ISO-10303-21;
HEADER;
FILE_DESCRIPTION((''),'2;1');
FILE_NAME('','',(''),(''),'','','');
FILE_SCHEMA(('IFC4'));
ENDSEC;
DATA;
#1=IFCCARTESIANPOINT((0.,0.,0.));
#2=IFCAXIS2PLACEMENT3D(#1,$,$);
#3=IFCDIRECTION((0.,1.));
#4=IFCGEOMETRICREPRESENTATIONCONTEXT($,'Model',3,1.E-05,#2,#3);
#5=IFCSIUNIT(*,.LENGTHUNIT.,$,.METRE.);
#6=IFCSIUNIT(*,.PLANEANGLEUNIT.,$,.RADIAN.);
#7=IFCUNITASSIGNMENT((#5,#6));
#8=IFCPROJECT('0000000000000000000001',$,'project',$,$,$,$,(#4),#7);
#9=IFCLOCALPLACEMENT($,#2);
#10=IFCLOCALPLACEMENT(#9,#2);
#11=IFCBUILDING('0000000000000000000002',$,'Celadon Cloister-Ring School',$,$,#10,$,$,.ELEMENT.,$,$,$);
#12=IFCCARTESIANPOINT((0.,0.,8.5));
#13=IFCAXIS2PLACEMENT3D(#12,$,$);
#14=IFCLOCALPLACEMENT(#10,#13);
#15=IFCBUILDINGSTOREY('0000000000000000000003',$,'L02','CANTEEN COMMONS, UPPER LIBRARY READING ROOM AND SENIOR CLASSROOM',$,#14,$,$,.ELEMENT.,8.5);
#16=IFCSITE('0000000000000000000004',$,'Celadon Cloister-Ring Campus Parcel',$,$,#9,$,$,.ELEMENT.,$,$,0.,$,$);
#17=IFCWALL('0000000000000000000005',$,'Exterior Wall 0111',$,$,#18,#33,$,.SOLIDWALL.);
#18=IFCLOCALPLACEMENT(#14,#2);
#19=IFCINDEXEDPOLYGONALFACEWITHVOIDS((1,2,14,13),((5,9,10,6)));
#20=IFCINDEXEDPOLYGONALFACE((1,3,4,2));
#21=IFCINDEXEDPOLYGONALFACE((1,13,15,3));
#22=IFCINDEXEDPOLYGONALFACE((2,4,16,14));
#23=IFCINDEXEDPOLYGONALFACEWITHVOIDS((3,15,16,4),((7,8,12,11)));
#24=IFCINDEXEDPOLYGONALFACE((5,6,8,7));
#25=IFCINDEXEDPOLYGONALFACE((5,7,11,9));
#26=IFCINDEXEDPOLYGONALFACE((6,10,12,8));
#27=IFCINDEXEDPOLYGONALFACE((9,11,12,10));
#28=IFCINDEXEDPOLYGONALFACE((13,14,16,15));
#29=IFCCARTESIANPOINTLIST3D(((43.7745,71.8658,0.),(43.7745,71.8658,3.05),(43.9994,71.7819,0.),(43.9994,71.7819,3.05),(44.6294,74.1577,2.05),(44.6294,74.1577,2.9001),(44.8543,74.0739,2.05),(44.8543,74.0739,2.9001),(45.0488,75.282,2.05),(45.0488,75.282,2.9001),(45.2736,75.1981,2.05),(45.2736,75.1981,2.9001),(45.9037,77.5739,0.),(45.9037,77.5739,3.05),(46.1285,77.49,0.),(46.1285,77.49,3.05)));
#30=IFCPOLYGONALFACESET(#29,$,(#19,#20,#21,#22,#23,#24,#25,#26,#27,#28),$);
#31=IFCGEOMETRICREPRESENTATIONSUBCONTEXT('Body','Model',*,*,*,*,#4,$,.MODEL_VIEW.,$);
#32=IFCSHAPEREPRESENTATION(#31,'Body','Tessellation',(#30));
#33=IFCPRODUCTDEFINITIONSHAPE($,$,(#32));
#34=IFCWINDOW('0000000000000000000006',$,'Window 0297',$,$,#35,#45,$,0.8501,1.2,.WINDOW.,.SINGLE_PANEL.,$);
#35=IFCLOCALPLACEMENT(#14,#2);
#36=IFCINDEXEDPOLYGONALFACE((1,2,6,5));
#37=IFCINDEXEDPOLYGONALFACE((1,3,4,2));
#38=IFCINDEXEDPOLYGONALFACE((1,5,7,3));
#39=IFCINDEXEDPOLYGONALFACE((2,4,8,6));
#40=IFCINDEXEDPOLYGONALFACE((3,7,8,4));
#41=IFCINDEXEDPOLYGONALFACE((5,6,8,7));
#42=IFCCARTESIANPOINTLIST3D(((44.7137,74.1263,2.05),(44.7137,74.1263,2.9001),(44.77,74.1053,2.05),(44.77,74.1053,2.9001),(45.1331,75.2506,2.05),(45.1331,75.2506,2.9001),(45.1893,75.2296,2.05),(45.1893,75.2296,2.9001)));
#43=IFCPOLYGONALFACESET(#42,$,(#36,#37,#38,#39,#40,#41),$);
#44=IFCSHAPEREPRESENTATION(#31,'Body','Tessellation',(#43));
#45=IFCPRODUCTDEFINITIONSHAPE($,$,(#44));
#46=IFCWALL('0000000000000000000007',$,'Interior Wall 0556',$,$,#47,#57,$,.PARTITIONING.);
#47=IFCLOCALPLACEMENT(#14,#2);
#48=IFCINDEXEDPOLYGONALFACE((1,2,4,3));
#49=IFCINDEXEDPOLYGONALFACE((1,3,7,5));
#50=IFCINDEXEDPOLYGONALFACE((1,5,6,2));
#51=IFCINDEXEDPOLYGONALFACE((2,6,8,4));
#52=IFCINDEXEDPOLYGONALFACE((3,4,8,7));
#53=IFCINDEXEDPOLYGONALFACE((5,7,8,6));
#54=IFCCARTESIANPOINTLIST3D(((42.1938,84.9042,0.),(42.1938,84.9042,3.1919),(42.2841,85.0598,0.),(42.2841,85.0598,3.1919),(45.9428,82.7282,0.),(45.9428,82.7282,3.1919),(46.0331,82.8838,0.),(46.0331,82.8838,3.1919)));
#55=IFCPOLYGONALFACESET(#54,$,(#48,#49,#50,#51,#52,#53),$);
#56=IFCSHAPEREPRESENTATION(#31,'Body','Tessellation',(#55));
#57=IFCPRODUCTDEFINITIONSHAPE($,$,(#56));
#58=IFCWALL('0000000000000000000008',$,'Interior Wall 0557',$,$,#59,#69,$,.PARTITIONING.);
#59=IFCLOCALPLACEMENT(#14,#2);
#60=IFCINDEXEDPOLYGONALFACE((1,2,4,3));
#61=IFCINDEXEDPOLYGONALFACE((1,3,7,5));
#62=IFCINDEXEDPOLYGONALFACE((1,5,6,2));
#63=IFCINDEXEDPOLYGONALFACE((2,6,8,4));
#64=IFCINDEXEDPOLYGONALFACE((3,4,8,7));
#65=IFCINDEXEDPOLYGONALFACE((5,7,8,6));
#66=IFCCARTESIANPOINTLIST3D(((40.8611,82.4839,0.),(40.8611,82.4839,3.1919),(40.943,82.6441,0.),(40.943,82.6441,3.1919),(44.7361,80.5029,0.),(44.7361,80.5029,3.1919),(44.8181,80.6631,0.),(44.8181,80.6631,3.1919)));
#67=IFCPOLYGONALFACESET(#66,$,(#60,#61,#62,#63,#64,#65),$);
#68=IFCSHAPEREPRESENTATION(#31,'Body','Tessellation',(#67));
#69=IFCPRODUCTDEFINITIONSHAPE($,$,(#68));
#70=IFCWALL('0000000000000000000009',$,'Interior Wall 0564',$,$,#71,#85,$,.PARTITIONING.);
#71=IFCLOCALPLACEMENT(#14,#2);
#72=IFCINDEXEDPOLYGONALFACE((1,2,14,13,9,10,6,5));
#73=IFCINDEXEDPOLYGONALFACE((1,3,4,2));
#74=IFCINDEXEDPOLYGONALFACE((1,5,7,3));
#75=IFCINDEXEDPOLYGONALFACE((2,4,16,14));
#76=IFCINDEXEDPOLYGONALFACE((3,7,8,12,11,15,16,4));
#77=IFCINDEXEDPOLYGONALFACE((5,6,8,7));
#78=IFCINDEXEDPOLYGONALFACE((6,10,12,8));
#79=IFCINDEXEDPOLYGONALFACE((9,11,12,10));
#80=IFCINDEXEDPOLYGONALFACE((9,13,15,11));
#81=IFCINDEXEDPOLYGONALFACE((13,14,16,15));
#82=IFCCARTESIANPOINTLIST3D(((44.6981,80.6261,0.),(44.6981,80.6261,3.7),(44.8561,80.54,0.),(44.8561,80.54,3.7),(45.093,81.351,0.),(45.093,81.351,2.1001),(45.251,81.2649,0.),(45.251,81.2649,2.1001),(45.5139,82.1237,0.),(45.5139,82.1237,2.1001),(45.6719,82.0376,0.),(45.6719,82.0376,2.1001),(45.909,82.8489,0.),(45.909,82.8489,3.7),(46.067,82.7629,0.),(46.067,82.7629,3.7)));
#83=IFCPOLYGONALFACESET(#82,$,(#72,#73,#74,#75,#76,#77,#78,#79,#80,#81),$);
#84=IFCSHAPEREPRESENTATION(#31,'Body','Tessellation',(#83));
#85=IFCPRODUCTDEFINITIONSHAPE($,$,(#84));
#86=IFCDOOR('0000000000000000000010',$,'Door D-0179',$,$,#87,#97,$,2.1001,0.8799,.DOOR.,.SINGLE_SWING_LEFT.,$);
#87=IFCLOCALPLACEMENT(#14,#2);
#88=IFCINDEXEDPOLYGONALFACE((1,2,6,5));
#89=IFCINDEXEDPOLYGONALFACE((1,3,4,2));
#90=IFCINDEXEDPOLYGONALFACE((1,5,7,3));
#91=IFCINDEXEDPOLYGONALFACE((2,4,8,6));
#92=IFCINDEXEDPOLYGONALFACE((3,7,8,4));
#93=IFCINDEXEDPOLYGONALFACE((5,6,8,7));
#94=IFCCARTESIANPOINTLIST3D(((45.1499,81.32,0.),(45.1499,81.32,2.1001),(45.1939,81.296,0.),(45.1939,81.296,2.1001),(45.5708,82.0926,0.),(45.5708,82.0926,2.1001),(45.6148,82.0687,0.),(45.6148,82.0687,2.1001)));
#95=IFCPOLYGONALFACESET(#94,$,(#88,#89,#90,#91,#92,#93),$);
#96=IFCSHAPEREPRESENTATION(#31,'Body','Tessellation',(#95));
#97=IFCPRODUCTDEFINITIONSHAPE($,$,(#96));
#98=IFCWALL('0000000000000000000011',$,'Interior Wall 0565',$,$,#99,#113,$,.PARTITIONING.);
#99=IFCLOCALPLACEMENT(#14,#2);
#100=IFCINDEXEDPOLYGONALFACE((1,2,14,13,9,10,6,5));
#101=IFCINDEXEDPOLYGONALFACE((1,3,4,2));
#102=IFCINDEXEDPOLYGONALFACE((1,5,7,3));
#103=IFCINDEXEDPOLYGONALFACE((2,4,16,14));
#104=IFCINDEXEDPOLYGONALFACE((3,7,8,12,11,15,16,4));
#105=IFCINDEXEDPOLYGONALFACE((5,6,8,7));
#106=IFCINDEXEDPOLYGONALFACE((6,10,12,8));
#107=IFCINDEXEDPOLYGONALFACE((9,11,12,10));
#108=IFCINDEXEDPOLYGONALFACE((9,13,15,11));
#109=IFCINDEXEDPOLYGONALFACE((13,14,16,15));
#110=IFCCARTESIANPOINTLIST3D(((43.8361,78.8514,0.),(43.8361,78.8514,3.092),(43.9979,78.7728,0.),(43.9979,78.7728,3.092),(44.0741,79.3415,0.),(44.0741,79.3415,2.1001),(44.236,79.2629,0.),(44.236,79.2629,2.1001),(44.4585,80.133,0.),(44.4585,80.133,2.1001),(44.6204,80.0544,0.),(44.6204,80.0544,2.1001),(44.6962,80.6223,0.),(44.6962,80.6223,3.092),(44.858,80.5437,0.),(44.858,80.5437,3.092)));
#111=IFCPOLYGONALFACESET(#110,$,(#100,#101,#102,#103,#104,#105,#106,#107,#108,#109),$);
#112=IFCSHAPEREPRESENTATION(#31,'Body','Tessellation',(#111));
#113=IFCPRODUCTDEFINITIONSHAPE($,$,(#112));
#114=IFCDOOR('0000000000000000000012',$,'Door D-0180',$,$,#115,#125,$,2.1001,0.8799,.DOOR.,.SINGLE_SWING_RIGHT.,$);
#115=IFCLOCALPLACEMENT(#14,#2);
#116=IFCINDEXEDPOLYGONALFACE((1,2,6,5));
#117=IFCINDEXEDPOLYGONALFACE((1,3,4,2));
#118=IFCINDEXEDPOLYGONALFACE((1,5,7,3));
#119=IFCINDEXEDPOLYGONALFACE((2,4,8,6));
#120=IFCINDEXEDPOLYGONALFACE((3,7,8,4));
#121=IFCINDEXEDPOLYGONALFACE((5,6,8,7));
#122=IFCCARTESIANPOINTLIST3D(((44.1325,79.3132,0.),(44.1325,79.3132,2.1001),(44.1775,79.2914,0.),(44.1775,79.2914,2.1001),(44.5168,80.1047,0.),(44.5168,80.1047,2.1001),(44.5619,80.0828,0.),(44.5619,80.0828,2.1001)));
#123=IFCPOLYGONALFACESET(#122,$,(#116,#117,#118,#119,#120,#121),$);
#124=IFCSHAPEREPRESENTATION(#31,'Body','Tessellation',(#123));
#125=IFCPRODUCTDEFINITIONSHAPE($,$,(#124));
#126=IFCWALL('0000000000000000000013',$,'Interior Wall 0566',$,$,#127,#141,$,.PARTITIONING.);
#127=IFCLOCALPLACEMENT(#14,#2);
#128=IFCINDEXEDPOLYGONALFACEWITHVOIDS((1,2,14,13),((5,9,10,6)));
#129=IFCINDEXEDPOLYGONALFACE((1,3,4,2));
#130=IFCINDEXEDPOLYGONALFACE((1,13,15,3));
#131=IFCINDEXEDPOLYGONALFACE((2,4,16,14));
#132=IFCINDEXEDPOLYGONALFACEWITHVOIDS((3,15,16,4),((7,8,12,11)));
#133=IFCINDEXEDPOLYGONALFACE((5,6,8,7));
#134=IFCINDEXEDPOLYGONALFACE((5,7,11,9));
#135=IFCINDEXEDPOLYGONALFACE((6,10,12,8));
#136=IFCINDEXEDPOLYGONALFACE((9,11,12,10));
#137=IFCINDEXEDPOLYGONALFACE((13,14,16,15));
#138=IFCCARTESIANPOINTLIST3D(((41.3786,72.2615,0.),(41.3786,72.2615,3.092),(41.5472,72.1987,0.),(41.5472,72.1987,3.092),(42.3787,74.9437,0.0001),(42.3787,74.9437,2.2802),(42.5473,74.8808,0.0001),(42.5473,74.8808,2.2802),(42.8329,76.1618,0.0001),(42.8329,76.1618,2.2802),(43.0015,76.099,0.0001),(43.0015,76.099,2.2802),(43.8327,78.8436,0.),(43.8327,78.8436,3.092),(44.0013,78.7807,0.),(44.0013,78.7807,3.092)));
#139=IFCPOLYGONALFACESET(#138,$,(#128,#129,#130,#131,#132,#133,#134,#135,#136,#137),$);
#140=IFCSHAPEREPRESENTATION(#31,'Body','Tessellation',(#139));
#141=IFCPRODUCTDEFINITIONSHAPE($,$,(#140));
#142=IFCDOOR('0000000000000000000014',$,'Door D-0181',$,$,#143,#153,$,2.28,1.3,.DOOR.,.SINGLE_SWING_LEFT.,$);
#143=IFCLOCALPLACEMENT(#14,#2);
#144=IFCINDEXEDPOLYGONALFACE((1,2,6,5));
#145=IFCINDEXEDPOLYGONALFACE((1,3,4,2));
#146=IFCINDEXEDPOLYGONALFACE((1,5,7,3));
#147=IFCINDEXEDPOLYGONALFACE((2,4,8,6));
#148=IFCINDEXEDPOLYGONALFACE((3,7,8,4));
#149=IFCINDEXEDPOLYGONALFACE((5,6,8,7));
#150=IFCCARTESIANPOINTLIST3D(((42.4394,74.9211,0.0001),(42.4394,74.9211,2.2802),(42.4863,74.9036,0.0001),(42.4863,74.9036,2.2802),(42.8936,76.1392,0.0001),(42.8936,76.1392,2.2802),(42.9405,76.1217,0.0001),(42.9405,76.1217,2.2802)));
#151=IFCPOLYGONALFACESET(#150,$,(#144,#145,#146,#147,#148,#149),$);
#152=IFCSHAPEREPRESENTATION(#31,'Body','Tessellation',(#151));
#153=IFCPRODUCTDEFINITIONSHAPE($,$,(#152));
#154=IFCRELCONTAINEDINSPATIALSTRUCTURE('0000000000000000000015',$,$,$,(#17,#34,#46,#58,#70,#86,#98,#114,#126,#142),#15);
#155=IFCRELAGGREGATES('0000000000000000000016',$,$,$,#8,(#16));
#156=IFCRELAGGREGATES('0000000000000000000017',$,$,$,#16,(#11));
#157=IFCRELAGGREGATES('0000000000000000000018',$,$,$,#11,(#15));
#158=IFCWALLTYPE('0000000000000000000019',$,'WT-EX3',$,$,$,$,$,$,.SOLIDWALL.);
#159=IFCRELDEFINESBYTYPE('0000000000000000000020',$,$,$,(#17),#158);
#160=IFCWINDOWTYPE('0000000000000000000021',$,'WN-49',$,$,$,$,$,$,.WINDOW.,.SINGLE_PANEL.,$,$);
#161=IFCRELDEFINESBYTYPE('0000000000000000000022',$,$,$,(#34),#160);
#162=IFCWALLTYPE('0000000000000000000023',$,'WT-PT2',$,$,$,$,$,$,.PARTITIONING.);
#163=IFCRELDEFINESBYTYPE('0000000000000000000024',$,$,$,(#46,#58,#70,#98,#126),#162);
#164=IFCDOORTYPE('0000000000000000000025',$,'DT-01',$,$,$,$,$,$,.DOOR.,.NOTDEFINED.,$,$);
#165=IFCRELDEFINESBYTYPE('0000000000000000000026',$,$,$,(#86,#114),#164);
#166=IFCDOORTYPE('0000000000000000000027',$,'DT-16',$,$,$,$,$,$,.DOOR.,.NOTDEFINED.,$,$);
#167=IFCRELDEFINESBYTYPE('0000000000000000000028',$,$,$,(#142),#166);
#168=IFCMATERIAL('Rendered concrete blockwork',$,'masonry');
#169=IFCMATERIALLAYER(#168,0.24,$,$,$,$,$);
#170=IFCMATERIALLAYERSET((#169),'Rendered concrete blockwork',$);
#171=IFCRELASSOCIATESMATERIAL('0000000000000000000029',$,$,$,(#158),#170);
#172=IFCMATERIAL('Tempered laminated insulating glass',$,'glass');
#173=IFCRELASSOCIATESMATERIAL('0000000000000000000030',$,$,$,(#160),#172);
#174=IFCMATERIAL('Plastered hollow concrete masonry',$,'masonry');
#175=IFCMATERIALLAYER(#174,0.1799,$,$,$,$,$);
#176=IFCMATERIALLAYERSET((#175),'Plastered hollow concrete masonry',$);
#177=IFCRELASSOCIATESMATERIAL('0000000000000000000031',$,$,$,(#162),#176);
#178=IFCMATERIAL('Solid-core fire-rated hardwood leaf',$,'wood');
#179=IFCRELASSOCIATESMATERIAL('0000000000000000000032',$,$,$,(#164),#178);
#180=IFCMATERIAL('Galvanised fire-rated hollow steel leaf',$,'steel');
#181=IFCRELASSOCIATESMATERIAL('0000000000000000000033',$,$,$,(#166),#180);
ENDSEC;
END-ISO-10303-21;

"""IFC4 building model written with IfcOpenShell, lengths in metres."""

from ifc_helpers import new_model, si_unit, direction, frame, frame_2d, origin, place, context, subcontext, project, spatial, rectangle, extrude, material, layer, layer_set, type_object, element, fill, save


model = new_model("IFC4")

# Units and contexts
model_context = context("Model", 3, precision=1e-05, world=origin(), true_north=direction((0.0, 1.0)))
body_context = subcontext(model_context, "Body", "Model", "MODEL_VIEW")
ifc_project = project(units=[si_unit("LENGTHUNIT", "METRE"), si_unit("PLANEANGLEUNIT", "RADIAN")], contexts=[model_context])

# Site, building, storey
site_placement = place(None, origin())
site = spatial("IfcSite", under=ifc_project, at=site_placement, Name="Celadon Cloister-Ring Campus Parcel", CompositionType="ELEMENT", RefElevation=0.0)
building_placement = place(site_placement, origin())
building = spatial("IfcBuilding", under=site, at=building_placement, Name="Celadon Cloister-Ring School", CompositionType="ELEMENT")
storey_placement = place(building_placement, frame((0.0, 0.0, 8.5)))
storey = spatial("IfcBuildingStorey", under=building, at=storey_placement, Name="L02", Description="CANTEEN COMMONS, UPPER LIBRARY READING ROOM AND SENIOR CLASSROOM", CompositionType="ELEMENT", Elevation=8.5)

# Wall, opening, window
ifc_material_1 = material(Name="Rendered concrete blockwork", Category="masonry")
ifc_layer_1 = layer(ifc_material_1, 0.24)
ifc_layer_set_1 = layer_set([ifc_layer_1], Name="Rendered concrete blockwork")
wall_type_1 = type_object("IfcWallType", Name="WT-EX3", PredefinedType="SOLIDWALL", material=ifc_layer_set_1)
ifc_material_2 = material(Name="Tempered laminated insulating glass", Category="glass")
window_type = type_object("IfcWindowType", Name="WN-49", PartitioningType="SINGLE_PANEL", PredefinedType="WINDOW", material=ifc_material_2)
wall_1_placement = place(storey_placement, frame((46.0161, 77.532, 0.0), z_axis=(0.0, 0.0, 1.0), x_axis=(-0.349489, -0.93694, 0.0)))
wall_1 = element("IfcWall", 1, at=wall_1_placement, inside=storey, type_object=wall_type_1, Name="Exterior Wall 0111", PredefinedType="SOLIDWALL", context=body_context, shape_type="SweptSolid", body=[
    extrude(rectangle(XDim=6.0923, YDim=0.24, at=frame_2d((3.0461, 0.0))), origin(), (0.0, 0.0, 1.0), 3.05),
])
opening_1_placement = place(wall_1_placement, frame((2.446, 0.0, 2.05)))
opening_1 = element("IfcOpeningElement", 2, at=opening_1_placement, cuts=wall_1, PredefinedType="OPENING", context=body_context, shape_type="SweptSolid", body=[
    extrude(rectangle(XDim=1.2, YDim=0.8501, at=frame_2d((0.6001, 0.425))), frame((0.0, 0.1299, 0.0), z_axis=(0.0, -1.0, 0.0), x_axis=(1.0, 0.0, 0.0)), (0.0, 0.0, 1.0), 0.26),
])
window_1_placement = place(opening_1_placement, origin())
window_1 = element("IfcWindow", 3, at=window_1_placement, inside=storey, type_object=window_type, Name="Window 0297", OverallHeight=0.8501, OverallWidth=1.2, PartitioningType="SINGLE_PANEL", PredefinedType="WINDOW", context=body_context, shape_type="SweptSolid", body=[
    extrude(rectangle(XDim=1.2, YDim=0.8501, at=frame_2d((0.6001, 0.425))), frame((0.0, 0.03, 0.0), z_axis=(0.0, -1.0, 0.0), x_axis=(1.0, 0.0, 0.0)), (0.0, 0.0, 1.0), 0.0601),
])
fill(opening_1, window_1)

# Walls
ifc_material_3 = material(Name="Plastered hollow concrete masonry", Category="masonry")
ifc_layer_2 = layer(ifc_material_3, 0.1799)
ifc_layer_set_2 = layer_set([ifc_layer_2], Name="Plastered hollow concrete masonry")
wall_type_2 = type_object("IfcWallType", Name="WT-PT2", PredefinedType="PARTITIONING", material=ifc_layer_set_2)
wall_2_placement = place(storey_placement, frame((45.988, 82.8059, 0.0), z_axis=(0.0, 0.0, 1.0), x_axis=(-0.864872, 0.501993, 0.0)))
element("IfcWall", 4, at=wall_2_placement, inside=storey, type_object=wall_type_2, Name="Interior Wall 0556", PredefinedType="PARTITIONING", context=body_context, shape_type="SweptSolid", body=[
    extrude(rectangle(XDim=4.3347, YDim=0.1799, at=frame_2d((2.1675, 0.0))), origin(), (0.0, 0.0, 1.0), 3.1919),
])
wall_3_placement = place(storey_placement, frame((44.7771, 80.583, 0.0), z_axis=(0.0, 0.0, 1.0), x_axis=(-0.890397, 0.455184, 0.0)))
element("IfcWall", 5, at=wall_3_placement, inside=storey, type_object=wall_type_2, Name="Interior Wall 0557", PredefinedType="PARTITIONING", context=body_context, shape_type="SweptSolid", body=[
    extrude(rectangle(XDim=4.3521, YDim=0.1799, at=frame_2d((2.176, 0.0))), origin(), (0.0, 0.0, 1.0), 3.1919),
])

# Walls, openings, doors
wall_4_placement = place(storey_placement, frame((45.988, 82.8059, 0.0), z_axis=(0.0, 0.0, 1.0), x_axis=(-0.478379, -0.878153, 0.0)))
wall_4 = element("IfcWall", 6, at=wall_4_placement, inside=storey, type_object=wall_type_2, Name="Interior Wall 0564", PredefinedType="PARTITIONING", context=body_context, shape_type="SweptSolid", body=[
    extrude(rectangle(XDim=2.5312, YDim=0.1799, at=frame_2d((1.2656, 0.0))), origin(), (0.0, 0.0, 1.0), 3.7),
])
opening_2_placement = place(wall_4_placement, frame((0.8259, 0.0, 0.0)))
opening_2 = element("IfcOpeningElement", 7, at=opening_2_placement, cuts=wall_4, PredefinedType="OPENING", context=body_context, shape_type="SweptSolid", body=[
    extrude(rectangle(XDim=0.8799, YDim=2.1001, at=frame_2d((0.4399, 1.05))), frame((0.0, 0.1001, 0.0), z_axis=(0.0, -1.0, 0.0), x_axis=(1.0, 0.0, 0.0)), (0.0, 0.0, 1.0), 0.2),
])
ifc_material_4 = material(Name="Solid-core fire-rated hardwood leaf", Category="wood")
door_type_1 = type_object("IfcDoorType", Name="DT-01", OperationType="NOTDEFINED", PredefinedType="DOOR", material=ifc_material_4)
door_1_placement = place(opening_2_placement, origin())
door_1 = element("IfcDoor", 8, at=door_1_placement, inside=storey, type_object=door_type_1, Name="Door D-0179", OperationType="SINGLE_SWING_LEFT", OverallHeight=2.1001, OverallWidth=0.8799, PredefinedType="DOOR", context=body_context, shape_type="SweptSolid", body=[
    extrude(rectangle(XDim=0.8799, YDim=2.1001, at=frame_2d((0.4399, 1.05))), frame((0.0, 0.0249, 0.0), z_axis=(0.0, -1.0, 0.0), x_axis=(1.0, 0.0, 0.0)), (0.0, 0.0, 1.0), 0.05),
])
fill(opening_2, door_1)
wall_5_placement = place(storey_placement, frame((44.7771, 80.583, 0.0), z_axis=(0.0, 0.0, 1.0), x_axis=(-0.436867, -0.899526, 0.0)))
wall_5 = element("IfcWall", 9, at=wall_5_placement, inside=storey, type_object=wall_type_2, Name="Interior Wall 0565", PredefinedType="PARTITIONING", context=body_context, shape_type="SweptSolid", body=[
    extrude(rectangle(XDim=1.9688, YDim=0.1799, at=frame_2d((0.9844, 0.0))), origin(), (0.0, 0.0, 1.0), 3.092),
])
opening_3_placement = place(wall_5_placement, frame((0.5439, 0.0, 0.0)))
opening_3 = element("IfcOpeningElement", 10, at=opening_3_placement, cuts=wall_5, PredefinedType="OPENING", context=body_context, shape_type="SweptSolid", body=[
    extrude(rectangle(XDim=0.8799, YDim=2.1001, at=frame_2d((0.4399, 1.05))), frame((0.0, 0.1001, 0.0), z_axis=(0.0, -1.0, 0.0), x_axis=(1.0, 0.0, 0.0)), (0.0, 0.0, 1.0), 0.2),
])
door_2_placement = place(opening_3_placement, origin())
door_2 = element("IfcDoor", 11, at=door_2_placement, inside=storey, type_object=door_type_1, Name="Door D-0180", OperationType="SINGLE_SWING_RIGHT", OverallHeight=2.1001, OverallWidth=0.8799, PredefinedType="DOOR", context=body_context, shape_type="SweptSolid", body=[
    extrude(rectangle(XDim=0.8799, YDim=2.1001, at=frame_2d((0.4399, 1.05))), frame((0.0, 0.0249, 0.0), z_axis=(0.0, -1.0, 0.0), x_axis=(1.0, 0.0, 0.0)), (0.0, 0.0, 1.0), 0.05),
])
fill(opening_3, door_2)
wall_6_placement = place(storey_placement, frame((43.917, 78.812, 0.0), z_axis=(0.0, 0.0, 1.0), x_axis=(-0.349356, -0.93699, 0.0)))
wall_6 = element("IfcWall", 12, at=wall_6_placement, inside=storey, type_object=wall_type_2, Name="Interior Wall 0566", PredefinedType="PARTITIONING", context=body_context, shape_type="SweptSolid", body=[
    extrude(rectangle(XDim=7.0247, YDim=0.1799, at=frame_2d((3.5122, 0.0))), origin(), (0.0, 0.0, 1.0), 3.092),
])
opening_4_placement = place(wall_6_placement, frame((2.8621, 0.0, 0.0)))
opening_4 = element("IfcOpeningElement", 13, at=opening_4_placement, cuts=wall_6, PredefinedType="OPENING", context=body_context, shape_type="SweptSolid", body=[
    extrude(rectangle(XDim=1.3, YDim=2.28, at=frame_2d((0.6499, 1.1401))), frame((0.0, 0.1001, 0.0), z_axis=(0.0, -1.0, 0.0), x_axis=(1.0, 0.0, 0.0)), (0.0, 0.0, 1.0), 0.2),
])
ifc_material_5 = material(Name="Galvanised fire-rated hollow steel leaf", Category="steel")
door_type_2 = type_object("IfcDoorType", Name="DT-16", OperationType="NOTDEFINED", PredefinedType="DOOR", material=ifc_material_5)
door_3_placement = place(opening_4_placement, origin())
door_3 = element("IfcDoor", 14, at=door_3_placement, inside=storey, type_object=door_type_2, Name="Door D-0181", OperationType="SINGLE_SWING_LEFT", OverallHeight=2.28, OverallWidth=1.3, PredefinedType="DOOR", context=body_context, shape_type="SweptSolid", body=[
    extrude(rectangle(XDim=1.3, YDim=2.28, at=frame_2d((0.6499, 1.1401))), frame((0.0, 0.0249, 0.0), z_axis=(0.0, -1.0, 0.0), x_axis=(1.0, 0.0, 0.0)), (0.0, 0.0, 1.0), 0.05),
])
fill(opening_4, door_3)

save(model, "model.ifc")
